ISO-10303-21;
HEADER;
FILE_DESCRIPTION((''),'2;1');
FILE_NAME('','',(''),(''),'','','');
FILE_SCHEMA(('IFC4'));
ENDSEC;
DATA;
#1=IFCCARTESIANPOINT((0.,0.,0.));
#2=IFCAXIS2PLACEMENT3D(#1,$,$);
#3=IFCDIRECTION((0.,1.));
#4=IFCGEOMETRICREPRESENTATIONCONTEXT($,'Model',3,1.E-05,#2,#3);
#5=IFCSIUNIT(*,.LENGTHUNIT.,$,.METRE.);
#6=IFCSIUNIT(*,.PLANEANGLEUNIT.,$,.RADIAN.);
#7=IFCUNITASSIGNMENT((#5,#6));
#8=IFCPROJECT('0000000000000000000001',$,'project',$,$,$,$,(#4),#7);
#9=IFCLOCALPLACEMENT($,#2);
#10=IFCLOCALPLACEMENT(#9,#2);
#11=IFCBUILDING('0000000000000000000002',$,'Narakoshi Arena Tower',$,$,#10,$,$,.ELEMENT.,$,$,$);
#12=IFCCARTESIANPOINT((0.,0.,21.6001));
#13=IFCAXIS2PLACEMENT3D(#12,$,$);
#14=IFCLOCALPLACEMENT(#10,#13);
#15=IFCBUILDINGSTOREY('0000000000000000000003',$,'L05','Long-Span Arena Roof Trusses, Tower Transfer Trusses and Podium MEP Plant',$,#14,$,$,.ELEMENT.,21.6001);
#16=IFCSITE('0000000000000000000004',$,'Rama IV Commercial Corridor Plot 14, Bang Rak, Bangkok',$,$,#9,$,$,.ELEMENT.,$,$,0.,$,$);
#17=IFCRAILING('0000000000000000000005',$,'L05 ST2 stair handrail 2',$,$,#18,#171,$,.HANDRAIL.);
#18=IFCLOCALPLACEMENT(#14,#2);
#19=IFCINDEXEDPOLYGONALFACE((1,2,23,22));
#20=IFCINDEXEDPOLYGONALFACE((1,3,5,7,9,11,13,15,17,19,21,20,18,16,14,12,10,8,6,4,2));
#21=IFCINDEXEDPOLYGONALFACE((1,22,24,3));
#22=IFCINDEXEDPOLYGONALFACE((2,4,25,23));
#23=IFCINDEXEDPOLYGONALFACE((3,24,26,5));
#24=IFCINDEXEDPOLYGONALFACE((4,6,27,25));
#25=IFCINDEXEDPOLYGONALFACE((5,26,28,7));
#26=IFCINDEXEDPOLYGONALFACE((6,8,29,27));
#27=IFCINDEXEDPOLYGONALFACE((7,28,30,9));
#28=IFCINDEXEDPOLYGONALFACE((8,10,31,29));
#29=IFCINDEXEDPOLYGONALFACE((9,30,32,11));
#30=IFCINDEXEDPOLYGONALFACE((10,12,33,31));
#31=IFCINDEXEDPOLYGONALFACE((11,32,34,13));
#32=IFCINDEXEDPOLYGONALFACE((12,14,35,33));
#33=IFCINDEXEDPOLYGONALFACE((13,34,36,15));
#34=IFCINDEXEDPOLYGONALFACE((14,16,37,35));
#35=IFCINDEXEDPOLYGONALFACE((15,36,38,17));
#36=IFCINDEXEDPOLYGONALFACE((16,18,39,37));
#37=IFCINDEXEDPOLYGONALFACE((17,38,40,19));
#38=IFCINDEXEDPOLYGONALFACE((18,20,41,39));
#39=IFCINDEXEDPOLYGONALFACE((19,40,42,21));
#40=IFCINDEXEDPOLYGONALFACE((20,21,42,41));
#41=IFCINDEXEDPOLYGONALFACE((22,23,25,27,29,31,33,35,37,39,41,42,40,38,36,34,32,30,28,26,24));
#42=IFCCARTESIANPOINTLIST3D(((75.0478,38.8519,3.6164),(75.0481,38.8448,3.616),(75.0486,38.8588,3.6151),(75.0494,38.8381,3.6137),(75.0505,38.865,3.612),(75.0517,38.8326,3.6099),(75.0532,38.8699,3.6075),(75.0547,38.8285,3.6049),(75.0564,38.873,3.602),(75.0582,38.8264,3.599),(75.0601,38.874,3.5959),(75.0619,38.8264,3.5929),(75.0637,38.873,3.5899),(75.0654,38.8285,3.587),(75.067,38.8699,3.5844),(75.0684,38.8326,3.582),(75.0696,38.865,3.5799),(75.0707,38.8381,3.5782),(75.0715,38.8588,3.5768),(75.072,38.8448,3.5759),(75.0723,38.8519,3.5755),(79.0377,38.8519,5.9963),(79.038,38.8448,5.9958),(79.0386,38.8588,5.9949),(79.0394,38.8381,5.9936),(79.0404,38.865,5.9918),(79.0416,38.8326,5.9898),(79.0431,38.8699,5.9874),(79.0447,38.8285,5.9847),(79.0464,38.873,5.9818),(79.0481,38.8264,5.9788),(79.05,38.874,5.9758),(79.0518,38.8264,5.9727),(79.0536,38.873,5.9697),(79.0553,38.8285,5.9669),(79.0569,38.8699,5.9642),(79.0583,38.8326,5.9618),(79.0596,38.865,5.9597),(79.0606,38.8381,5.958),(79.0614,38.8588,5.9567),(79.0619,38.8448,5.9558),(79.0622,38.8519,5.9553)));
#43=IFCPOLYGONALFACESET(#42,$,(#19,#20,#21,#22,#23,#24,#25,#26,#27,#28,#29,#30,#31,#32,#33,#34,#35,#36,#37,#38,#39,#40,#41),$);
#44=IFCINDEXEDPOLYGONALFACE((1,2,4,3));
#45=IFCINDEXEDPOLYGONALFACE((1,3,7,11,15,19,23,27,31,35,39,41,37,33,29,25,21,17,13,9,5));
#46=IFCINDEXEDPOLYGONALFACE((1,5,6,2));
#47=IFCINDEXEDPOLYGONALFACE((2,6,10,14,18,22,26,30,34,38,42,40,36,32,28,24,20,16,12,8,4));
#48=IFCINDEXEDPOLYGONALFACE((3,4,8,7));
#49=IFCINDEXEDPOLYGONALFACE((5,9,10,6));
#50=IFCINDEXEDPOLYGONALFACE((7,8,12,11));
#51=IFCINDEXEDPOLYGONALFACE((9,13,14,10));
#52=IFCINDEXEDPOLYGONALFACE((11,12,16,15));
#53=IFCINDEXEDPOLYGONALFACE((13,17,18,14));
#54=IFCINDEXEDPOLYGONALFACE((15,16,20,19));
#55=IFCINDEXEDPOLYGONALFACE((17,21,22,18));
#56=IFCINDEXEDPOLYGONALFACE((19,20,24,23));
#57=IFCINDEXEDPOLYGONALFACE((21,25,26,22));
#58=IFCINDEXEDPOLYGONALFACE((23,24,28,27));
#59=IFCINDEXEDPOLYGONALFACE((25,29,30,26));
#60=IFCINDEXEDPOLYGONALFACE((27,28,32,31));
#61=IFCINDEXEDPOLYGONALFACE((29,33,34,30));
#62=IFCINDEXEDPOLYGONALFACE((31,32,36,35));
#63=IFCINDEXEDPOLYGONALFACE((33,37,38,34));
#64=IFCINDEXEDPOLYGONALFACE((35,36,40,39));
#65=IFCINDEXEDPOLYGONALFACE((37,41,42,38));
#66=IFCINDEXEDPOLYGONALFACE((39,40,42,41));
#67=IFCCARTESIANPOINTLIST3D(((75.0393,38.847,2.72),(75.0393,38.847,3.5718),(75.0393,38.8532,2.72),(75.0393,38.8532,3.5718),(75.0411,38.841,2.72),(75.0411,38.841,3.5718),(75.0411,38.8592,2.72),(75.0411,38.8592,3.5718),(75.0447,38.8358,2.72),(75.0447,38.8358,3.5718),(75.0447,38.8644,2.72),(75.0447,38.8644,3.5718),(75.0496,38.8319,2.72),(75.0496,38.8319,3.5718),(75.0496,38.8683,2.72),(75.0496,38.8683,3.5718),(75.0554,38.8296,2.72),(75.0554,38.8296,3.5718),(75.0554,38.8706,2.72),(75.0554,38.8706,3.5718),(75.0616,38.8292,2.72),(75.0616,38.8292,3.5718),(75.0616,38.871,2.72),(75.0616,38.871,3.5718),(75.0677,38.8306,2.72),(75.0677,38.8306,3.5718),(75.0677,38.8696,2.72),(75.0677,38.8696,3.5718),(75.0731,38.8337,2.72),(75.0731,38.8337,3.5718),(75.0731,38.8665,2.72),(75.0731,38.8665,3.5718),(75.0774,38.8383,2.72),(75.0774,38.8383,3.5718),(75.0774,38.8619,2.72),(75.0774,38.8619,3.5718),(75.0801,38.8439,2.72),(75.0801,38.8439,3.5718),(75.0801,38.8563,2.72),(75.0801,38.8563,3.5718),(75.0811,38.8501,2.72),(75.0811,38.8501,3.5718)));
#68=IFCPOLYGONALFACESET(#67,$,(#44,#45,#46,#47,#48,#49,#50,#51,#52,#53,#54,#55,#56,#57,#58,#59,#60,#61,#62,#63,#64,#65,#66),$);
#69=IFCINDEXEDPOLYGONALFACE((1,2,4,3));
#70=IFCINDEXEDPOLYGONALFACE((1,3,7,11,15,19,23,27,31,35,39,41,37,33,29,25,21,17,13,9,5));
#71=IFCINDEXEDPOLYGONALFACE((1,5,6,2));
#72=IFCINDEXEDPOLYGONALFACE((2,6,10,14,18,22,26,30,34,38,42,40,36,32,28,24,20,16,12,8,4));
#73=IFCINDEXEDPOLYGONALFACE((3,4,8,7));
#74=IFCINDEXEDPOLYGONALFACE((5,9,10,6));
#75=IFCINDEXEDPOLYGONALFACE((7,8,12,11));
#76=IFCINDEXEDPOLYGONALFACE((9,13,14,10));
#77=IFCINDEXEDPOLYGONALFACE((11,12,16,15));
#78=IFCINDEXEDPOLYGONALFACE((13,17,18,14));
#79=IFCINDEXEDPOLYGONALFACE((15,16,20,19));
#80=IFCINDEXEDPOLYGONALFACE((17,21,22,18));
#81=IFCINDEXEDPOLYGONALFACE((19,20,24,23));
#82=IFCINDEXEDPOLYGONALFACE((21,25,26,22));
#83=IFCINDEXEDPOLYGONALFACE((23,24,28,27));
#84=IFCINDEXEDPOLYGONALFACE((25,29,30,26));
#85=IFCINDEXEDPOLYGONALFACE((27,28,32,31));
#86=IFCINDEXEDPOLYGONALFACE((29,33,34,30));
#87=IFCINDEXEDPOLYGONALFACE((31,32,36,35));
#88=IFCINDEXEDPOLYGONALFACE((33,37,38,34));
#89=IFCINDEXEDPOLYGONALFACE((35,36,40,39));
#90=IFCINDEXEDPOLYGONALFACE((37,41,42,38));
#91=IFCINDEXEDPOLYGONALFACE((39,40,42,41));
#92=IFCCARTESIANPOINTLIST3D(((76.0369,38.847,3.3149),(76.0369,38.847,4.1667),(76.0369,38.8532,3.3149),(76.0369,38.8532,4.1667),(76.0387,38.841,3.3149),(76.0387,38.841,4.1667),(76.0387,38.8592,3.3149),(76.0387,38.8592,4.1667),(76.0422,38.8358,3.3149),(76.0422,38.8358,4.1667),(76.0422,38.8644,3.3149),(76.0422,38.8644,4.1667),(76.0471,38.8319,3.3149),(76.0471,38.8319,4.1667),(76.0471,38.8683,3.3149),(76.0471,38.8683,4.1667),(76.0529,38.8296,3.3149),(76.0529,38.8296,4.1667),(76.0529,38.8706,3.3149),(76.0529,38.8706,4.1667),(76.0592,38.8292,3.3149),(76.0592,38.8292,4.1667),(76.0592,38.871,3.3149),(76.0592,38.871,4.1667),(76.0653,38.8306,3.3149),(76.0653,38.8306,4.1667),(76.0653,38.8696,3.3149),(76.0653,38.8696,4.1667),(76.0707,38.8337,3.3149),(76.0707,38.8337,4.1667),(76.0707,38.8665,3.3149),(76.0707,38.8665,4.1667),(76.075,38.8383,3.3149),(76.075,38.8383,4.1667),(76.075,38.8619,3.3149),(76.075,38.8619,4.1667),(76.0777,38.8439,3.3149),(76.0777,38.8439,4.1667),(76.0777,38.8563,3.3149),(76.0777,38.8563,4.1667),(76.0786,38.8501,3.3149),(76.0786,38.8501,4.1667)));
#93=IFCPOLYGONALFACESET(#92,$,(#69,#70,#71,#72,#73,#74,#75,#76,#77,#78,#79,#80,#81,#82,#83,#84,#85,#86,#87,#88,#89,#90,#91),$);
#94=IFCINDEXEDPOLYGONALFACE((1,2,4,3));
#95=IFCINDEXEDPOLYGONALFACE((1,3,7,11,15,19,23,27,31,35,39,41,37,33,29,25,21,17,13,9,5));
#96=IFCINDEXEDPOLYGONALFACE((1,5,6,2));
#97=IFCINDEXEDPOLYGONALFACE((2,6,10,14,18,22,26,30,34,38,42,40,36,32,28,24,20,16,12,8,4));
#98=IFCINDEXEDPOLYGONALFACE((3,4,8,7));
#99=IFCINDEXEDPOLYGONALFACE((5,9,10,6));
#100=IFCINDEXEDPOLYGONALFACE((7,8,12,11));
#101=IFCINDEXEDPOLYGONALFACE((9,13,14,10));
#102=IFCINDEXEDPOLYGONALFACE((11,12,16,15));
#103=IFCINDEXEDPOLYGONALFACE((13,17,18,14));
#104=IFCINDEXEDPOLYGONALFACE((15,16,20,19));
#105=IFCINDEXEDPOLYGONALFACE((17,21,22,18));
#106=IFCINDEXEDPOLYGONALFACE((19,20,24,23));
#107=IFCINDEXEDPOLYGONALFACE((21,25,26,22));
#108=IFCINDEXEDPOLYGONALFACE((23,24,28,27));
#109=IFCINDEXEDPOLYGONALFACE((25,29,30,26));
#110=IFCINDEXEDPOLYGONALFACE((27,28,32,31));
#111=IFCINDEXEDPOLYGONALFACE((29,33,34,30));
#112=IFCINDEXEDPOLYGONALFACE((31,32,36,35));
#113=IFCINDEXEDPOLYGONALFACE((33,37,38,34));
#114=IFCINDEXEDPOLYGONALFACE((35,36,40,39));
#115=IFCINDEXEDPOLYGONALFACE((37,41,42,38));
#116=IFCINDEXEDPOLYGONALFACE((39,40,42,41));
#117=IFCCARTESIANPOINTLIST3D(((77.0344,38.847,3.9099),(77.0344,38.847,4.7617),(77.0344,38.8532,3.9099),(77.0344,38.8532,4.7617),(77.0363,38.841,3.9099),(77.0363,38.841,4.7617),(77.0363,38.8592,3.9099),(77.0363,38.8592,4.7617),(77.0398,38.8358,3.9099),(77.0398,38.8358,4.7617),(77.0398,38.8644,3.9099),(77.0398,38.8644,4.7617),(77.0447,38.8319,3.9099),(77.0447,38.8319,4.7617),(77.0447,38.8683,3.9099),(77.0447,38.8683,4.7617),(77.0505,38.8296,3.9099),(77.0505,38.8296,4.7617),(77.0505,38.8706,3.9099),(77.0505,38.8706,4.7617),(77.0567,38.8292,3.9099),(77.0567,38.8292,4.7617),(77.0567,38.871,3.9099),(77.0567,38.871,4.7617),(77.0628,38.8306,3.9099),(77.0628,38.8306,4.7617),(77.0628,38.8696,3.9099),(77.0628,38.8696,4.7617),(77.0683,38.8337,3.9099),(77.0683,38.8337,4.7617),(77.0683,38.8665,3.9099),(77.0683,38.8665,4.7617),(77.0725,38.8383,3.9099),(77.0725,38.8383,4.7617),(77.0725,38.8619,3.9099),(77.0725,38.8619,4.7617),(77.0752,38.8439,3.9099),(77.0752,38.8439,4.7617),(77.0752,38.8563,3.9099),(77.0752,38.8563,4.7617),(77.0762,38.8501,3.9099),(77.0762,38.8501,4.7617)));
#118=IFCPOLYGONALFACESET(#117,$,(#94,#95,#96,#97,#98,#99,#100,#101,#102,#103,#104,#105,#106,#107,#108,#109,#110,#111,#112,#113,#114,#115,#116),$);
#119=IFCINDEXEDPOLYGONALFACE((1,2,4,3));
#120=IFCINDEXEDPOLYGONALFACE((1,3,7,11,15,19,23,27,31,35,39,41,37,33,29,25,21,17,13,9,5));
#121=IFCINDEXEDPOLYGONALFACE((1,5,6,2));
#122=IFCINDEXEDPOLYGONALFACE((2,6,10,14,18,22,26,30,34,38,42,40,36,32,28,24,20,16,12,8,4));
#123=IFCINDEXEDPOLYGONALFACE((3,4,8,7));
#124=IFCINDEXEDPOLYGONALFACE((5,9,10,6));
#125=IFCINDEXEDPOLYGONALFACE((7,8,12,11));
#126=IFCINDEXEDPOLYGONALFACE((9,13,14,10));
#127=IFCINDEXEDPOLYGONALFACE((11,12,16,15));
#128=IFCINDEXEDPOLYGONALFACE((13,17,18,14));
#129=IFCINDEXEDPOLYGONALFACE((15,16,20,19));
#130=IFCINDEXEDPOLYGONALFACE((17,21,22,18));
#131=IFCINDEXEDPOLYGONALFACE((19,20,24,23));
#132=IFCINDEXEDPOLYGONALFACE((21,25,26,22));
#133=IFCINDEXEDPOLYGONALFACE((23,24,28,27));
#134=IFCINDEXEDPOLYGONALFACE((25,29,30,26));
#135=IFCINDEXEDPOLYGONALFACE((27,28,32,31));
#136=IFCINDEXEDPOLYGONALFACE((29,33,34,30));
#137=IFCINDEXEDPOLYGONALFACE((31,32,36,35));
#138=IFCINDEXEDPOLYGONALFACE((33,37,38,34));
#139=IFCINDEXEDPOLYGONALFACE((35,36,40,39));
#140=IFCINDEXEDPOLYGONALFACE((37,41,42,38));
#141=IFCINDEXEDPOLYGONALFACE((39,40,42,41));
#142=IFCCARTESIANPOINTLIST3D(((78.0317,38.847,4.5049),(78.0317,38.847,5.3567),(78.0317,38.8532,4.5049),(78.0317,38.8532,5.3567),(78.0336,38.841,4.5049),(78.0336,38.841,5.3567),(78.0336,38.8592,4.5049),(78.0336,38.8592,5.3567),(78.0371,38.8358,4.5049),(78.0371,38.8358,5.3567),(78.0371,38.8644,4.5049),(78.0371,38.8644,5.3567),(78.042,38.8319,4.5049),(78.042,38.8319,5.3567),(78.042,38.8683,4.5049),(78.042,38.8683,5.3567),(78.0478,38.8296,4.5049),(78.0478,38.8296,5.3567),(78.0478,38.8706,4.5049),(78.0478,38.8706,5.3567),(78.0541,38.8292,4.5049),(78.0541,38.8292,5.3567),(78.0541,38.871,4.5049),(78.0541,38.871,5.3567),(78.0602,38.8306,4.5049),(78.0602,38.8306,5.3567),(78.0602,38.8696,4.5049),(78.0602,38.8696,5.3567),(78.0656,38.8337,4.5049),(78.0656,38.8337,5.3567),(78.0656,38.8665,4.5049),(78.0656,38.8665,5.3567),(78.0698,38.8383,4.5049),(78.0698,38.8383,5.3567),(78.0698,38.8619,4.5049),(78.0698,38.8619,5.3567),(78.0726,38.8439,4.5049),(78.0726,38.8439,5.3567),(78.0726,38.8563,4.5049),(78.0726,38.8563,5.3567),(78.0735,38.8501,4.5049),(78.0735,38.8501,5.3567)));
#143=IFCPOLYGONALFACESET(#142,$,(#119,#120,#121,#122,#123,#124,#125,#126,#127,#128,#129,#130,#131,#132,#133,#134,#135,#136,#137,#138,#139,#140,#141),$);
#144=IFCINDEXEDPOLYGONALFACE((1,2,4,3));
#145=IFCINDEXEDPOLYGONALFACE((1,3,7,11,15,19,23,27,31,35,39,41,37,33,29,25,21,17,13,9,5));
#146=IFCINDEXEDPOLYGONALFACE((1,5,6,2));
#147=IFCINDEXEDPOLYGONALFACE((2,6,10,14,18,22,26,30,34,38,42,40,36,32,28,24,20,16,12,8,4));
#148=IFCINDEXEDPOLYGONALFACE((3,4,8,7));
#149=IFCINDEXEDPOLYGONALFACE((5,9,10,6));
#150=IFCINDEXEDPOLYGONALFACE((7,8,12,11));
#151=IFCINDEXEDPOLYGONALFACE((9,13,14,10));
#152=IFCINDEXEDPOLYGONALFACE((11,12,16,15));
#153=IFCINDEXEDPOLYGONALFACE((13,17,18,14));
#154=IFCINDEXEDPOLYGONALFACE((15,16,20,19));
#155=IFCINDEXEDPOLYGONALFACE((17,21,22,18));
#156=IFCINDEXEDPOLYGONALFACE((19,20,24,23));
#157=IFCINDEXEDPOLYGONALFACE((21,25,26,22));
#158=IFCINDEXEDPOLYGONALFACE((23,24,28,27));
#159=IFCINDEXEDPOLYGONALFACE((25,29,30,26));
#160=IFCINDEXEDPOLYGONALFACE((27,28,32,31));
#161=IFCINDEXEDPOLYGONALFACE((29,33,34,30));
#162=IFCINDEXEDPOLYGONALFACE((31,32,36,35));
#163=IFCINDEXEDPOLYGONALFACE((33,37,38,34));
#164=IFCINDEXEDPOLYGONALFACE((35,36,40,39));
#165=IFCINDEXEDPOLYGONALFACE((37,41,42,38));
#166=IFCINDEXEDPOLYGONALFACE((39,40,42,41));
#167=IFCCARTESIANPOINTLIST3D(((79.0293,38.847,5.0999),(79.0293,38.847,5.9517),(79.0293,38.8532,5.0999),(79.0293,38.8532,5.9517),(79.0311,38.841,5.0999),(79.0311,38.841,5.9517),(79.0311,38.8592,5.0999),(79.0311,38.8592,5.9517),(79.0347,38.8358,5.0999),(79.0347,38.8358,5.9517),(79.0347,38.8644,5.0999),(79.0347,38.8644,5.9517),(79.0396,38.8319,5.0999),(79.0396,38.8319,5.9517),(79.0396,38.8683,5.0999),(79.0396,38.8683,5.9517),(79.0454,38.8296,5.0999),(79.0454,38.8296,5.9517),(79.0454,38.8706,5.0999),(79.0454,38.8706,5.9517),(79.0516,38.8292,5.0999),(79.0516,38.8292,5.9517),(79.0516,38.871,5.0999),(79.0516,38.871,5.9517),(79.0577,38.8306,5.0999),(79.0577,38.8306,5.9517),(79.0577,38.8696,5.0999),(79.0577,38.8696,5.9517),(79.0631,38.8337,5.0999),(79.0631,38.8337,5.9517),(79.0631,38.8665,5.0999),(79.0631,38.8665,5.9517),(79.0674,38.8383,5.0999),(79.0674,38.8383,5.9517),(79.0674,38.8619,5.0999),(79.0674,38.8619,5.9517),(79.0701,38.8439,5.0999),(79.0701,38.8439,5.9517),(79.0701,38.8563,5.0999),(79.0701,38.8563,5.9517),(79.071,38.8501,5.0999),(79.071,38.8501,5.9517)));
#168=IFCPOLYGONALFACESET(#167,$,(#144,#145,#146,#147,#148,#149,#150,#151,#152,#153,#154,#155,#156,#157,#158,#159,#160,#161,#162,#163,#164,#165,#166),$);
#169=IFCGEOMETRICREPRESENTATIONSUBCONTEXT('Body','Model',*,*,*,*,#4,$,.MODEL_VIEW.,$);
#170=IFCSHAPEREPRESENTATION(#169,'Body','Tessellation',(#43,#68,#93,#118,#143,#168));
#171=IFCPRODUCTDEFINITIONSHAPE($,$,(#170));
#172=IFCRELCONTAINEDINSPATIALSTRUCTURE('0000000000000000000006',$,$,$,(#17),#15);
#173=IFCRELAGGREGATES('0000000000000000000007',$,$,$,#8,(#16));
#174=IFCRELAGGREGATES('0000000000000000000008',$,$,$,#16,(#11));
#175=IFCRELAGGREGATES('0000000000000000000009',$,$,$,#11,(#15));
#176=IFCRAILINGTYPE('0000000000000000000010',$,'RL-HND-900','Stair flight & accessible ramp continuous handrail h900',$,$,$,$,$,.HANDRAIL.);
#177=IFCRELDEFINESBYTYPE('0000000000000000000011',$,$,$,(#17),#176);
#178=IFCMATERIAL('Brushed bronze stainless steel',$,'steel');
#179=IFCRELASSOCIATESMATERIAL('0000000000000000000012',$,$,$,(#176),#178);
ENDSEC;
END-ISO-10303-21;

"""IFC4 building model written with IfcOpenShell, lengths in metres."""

from ifc_helpers import new_model, si_unit, direction, frame, origin, origin_2d, place, context, subcontext, project, spatial, circle, extrude, material, type_object, element, save


model = new_model("IFC4")

# Units and contexts
model_context = context("Model", 3, precision=1e-05, world=origin(), true_north=direction((0.0, 1.0)))
body_context = subcontext(model_context, "Body", "Model", "MODEL_VIEW")
ifc_project = project(units=[si_unit("LENGTHUNIT", "METRE"), si_unit("PLANEANGLEUNIT", "RADIAN")], contexts=[model_context])

# Site, building, storey
site_placement = place(None, origin())
site = spatial("IfcSite", under=ifc_project, at=site_placement, Name="Rama IV Commercial Corridor Plot 14, Bang Rak, Bangkok", CompositionType="ELEMENT", RefElevation=0.0)
building_placement = place(site_placement, origin())
building = spatial("IfcBuilding", under=site, at=building_placement, Name="Narakoshi Arena Tower", CompositionType="ELEMENT")
storey_placement = place(building_placement, frame((0.0, 0.0, 21.6001)))
storey = spatial("IfcBuildingStorey", under=building, at=storey_placement, Name="L05", Description="Long-Span Arena Roof Trusses, Tower Transfer Trusses and Podium MEP Plant", CompositionType="ELEMENT", Elevation=21.6001)

# Railing
ifc_material_1 = material(Name="Brushed bronze stainless steel", Category="steel")
railing_type_1 = type_object("IfcRailingType", Name="RL-HND-900", Description="Stair flight & accessible ramp continuous handrail h900", PredefinedType="HANDRAIL", material=ifc_material_1)
for number, where, name in (
    (1, (75.0601, 38.8501, 2.72), "L05 ST2 stair handrail 2"),
):
    element("IfcRailing", number, at=place(storey_placement, frame(where)), inside=storey, type_object=railing_type_1, Name=name, PredefinedType="HANDRAIL", context=body_context, shape_type="SweptSolid", body=[
        extrude(circle(Radius=0.0239, at=origin_2d()), frame((0.0, 0.0, 0.876), z_axis=(0.85883, 0.0, 0.512261), x_axis=(0.0, 1.0, 0.0)), (0.0, 0.0, 1.0), 4.6458),
        extrude(circle(Radius=0.021, at=origin_2d()), origin(), (0.0, 0.0, 1.0), 0.8518),
        extrude(circle(Radius=0.021, at=origin_2d()), frame((0.9976, 0.0, 0.595)), (0.0, 0.0, 1.0), 0.8518),
        extrude(circle(Radius=0.021, at=origin_2d()), frame((1.9951, 0.0, 1.1899)), (0.0, 0.0, 1.0), 0.8518),
        extrude(circle(Radius=0.021, at=origin_2d()), frame((2.9924, 0.0, 1.7849)), (0.0, 0.0, 1.0), 0.8518),
        extrude(circle(Radius=0.021, at=origin_2d()), frame((3.99, 0.0, 2.3799)), (0.0, 0.0, 1.0), 0.8518),
    ])

save(model, "model.ifc")
